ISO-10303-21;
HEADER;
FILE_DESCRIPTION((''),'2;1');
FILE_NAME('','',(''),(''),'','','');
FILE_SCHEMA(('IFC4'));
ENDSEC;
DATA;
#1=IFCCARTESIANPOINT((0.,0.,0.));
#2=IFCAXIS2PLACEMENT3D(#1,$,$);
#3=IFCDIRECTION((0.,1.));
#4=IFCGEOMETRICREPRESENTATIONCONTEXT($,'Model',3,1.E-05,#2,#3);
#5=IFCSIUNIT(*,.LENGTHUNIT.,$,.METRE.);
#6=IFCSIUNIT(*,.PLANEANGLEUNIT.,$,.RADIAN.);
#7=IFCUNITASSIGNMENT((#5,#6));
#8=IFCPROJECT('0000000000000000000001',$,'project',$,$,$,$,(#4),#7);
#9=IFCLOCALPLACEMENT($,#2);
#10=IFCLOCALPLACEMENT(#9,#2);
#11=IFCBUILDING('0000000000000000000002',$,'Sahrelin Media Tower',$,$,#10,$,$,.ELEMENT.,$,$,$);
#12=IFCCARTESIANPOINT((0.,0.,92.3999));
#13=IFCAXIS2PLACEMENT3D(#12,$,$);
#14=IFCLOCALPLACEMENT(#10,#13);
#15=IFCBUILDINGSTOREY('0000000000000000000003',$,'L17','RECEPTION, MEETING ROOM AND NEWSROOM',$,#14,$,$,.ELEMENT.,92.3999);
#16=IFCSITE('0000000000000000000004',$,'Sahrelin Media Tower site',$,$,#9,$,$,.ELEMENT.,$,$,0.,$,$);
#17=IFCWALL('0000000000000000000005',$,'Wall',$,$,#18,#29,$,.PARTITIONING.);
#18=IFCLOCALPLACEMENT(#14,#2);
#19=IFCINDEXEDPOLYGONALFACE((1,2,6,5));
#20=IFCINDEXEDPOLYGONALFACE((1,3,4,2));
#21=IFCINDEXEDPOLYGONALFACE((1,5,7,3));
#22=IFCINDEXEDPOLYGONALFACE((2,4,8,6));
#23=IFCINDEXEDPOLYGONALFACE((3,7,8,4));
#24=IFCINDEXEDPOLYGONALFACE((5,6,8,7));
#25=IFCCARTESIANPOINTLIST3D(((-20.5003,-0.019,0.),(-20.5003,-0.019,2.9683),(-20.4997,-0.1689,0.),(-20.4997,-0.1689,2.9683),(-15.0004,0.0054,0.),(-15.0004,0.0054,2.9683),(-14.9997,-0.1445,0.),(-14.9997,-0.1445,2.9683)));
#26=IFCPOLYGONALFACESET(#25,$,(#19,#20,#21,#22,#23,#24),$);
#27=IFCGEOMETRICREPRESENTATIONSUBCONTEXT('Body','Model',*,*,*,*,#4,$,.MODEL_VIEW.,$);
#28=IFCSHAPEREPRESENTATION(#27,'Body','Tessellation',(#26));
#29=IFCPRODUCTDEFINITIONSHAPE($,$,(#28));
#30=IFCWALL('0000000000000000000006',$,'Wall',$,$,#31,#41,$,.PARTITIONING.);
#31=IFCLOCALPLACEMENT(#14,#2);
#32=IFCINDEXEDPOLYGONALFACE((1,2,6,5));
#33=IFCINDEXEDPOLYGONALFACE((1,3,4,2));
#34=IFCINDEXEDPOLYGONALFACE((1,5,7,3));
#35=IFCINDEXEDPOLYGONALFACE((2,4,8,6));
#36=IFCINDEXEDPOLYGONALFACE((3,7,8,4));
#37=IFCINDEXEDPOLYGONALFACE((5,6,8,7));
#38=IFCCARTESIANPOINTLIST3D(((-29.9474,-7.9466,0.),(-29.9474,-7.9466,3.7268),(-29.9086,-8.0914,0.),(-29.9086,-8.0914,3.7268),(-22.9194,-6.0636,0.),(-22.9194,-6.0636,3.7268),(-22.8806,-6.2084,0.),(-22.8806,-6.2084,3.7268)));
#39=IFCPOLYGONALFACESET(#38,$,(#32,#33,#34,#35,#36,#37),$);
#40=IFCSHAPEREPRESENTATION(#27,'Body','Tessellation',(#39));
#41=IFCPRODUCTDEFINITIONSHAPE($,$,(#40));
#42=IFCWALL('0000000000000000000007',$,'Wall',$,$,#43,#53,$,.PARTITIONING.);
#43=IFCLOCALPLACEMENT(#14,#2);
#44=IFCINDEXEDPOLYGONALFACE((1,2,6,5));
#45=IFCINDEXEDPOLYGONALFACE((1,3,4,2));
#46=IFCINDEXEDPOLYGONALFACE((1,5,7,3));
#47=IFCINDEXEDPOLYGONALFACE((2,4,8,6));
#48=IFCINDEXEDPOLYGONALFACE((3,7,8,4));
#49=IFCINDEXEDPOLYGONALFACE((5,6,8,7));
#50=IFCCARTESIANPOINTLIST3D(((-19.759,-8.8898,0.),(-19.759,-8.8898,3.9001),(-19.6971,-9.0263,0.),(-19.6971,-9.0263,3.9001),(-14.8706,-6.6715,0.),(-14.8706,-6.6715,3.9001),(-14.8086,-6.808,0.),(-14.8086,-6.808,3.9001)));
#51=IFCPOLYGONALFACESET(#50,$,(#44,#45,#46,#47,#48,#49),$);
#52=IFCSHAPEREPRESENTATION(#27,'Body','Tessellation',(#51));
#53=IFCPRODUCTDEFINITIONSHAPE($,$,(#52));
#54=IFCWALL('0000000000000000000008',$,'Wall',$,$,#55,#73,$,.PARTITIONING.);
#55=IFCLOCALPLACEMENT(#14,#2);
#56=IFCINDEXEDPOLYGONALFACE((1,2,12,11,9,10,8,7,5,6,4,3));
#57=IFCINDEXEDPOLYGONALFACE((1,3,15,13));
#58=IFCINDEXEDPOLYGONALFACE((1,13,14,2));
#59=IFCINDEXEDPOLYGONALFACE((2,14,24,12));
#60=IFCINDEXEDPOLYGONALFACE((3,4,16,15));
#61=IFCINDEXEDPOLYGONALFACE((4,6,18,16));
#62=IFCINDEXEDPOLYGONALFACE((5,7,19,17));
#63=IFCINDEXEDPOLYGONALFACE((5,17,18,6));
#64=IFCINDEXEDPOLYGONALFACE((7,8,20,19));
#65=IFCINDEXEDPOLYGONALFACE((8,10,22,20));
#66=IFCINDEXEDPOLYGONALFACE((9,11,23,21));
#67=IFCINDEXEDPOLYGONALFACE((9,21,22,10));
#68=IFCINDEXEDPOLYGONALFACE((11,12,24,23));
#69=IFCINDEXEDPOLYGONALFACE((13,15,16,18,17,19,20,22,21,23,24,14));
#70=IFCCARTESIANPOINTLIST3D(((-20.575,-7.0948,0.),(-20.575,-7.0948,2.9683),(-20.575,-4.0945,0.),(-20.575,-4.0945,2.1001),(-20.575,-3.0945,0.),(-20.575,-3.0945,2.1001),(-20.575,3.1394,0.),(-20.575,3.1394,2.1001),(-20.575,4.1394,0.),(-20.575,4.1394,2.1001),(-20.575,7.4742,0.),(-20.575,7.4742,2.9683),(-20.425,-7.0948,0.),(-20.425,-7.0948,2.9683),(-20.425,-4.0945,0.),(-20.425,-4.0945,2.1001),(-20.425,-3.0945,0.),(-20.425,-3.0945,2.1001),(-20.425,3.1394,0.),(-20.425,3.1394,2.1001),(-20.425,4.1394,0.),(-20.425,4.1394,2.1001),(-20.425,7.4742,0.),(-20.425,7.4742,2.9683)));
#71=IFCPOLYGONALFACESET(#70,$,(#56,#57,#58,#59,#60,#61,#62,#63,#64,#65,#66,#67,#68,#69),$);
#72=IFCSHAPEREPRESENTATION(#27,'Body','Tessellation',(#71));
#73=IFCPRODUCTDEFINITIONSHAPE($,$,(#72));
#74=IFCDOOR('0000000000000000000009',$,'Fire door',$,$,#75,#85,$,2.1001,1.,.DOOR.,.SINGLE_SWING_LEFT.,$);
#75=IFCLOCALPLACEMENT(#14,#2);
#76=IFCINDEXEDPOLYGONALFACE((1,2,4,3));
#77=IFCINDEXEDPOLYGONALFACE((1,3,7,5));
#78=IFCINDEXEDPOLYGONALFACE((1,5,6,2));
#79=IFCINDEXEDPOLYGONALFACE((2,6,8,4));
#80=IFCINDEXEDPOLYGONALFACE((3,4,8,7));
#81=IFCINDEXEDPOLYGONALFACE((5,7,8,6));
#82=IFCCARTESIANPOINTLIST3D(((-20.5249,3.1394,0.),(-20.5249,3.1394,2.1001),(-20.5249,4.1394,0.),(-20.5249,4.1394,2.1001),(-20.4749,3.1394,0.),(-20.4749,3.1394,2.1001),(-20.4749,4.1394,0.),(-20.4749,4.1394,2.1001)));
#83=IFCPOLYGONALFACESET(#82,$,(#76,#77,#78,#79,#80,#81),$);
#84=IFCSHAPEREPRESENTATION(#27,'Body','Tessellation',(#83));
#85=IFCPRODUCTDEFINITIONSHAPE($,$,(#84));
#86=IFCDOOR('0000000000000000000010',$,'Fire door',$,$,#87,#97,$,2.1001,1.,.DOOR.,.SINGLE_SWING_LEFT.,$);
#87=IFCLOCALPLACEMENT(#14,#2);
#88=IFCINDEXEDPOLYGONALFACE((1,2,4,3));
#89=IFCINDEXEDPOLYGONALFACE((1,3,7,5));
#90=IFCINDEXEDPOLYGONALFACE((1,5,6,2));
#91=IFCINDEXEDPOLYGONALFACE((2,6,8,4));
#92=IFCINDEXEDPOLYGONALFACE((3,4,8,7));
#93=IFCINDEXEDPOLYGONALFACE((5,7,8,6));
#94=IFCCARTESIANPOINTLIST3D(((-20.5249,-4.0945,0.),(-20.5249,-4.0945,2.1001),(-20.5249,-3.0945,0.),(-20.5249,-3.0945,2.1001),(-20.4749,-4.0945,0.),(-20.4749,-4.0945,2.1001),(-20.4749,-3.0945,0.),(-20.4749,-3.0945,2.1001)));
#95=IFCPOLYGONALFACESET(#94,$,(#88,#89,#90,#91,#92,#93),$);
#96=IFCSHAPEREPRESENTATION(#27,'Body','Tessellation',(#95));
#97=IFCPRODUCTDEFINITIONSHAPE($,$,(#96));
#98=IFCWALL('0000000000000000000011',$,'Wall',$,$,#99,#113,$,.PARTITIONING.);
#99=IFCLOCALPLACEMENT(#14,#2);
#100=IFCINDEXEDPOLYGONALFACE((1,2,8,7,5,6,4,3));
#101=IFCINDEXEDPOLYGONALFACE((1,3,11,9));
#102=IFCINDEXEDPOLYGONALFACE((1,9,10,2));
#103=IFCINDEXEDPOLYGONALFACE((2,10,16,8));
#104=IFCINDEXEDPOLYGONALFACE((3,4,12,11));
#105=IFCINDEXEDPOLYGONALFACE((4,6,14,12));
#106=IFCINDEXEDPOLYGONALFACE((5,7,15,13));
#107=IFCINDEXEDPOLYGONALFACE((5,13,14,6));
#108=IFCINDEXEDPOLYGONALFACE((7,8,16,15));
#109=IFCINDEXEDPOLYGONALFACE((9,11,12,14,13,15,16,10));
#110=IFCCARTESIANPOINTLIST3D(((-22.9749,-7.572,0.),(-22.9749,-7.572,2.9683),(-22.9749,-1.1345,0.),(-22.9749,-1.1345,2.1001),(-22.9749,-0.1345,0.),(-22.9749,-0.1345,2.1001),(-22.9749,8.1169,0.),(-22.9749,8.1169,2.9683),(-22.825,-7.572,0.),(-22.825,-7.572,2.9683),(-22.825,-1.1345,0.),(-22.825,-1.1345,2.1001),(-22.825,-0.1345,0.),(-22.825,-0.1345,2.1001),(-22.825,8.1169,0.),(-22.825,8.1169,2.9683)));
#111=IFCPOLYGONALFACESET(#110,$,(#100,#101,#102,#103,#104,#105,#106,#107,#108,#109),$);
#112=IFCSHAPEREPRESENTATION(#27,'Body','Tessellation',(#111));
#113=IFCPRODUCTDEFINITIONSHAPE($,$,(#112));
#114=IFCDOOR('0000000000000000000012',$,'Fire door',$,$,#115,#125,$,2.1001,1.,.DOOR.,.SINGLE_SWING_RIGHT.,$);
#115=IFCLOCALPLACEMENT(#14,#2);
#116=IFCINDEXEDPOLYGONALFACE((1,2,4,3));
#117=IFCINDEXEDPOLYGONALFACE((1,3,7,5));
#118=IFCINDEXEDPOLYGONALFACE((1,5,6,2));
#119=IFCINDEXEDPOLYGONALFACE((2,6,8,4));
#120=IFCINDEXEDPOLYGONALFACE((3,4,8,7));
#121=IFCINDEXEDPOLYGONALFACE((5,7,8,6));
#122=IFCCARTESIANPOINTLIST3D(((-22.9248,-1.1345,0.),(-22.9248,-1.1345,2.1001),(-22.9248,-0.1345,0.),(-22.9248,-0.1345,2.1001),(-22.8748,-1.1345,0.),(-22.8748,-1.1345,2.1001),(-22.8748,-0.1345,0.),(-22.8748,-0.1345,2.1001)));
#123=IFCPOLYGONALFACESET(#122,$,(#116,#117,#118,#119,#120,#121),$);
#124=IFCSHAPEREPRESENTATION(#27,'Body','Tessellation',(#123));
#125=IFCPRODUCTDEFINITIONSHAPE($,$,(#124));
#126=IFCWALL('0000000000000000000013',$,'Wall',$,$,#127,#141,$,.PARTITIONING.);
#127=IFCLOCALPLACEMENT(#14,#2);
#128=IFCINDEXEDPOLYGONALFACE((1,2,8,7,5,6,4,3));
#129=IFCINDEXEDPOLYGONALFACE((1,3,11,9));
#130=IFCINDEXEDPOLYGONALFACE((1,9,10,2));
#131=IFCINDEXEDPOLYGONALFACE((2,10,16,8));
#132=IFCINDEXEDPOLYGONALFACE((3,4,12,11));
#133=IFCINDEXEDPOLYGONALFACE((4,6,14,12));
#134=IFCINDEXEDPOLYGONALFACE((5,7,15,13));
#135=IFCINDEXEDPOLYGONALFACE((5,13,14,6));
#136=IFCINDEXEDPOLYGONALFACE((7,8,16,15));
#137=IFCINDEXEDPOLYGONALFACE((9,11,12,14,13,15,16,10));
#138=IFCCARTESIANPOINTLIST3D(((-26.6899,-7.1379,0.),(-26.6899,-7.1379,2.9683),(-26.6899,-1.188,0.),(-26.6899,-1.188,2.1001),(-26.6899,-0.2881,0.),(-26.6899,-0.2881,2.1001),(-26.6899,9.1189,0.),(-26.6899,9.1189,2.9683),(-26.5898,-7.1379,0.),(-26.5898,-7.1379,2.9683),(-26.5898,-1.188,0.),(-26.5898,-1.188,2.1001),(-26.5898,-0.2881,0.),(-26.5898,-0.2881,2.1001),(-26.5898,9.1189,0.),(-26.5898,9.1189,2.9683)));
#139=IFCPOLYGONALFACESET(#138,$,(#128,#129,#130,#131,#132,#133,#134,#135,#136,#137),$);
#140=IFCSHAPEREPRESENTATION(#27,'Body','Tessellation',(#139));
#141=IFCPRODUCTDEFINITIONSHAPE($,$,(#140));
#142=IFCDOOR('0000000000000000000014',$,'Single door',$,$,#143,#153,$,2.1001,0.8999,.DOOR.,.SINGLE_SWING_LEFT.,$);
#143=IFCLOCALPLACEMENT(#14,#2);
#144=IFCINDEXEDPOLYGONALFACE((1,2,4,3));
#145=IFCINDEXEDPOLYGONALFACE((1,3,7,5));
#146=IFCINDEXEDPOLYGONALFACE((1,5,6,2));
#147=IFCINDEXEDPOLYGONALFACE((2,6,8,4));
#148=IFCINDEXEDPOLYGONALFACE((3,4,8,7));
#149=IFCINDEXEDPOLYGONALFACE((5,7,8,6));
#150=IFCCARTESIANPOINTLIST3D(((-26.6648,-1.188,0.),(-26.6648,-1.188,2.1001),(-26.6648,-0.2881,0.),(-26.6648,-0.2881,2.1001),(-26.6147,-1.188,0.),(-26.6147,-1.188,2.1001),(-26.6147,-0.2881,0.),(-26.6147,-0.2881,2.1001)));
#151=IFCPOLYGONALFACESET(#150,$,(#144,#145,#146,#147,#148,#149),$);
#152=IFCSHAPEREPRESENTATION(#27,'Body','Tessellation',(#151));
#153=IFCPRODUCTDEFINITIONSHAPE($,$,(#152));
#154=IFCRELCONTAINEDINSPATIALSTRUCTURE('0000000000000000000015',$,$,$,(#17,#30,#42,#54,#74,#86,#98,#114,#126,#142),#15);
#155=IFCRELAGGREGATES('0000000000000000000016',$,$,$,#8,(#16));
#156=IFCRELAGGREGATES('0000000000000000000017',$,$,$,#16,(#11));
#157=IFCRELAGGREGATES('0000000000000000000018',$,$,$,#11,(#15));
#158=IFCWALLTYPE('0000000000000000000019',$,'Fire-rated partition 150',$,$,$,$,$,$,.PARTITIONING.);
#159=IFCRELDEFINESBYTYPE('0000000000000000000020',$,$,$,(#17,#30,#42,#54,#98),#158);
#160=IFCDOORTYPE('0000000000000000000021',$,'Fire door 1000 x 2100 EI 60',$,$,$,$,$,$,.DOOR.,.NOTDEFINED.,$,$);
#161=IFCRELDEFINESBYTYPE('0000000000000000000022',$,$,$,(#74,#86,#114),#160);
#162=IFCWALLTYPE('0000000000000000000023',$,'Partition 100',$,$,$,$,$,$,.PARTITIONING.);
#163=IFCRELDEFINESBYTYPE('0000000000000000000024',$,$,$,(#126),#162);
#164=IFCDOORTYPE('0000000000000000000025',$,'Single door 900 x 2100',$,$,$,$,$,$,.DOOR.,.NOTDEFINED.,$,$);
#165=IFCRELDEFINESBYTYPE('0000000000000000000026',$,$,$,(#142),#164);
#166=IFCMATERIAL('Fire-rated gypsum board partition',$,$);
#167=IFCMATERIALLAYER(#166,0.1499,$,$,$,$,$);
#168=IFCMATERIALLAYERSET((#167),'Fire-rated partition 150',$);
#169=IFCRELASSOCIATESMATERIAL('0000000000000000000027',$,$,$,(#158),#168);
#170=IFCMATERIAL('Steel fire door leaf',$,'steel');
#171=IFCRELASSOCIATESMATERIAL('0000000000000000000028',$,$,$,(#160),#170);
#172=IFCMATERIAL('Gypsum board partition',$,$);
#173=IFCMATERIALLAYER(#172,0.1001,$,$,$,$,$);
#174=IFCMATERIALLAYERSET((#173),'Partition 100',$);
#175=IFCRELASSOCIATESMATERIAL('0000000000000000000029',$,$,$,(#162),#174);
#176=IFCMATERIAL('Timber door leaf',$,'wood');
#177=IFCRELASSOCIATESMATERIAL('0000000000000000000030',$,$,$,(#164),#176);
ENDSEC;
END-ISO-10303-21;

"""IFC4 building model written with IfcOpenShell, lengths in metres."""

from ifc_helpers import new_model, si_unit, direction, frame, frame_2d, origin, place, context, subcontext, project, spatial, rectangle, extrude, material, layer, layer_set, type_object, element, fill, save


model = new_model("IFC4")

# Units and contexts
model_context = context("Model", 3, precision=1e-05, world=origin(), true_north=direction((0.0, 1.0)))
body_context = subcontext(model_context, "Body", "Model", "MODEL_VIEW")
ifc_project = project(units=[si_unit("LENGTHUNIT", "METRE"), si_unit("PLANEANGLEUNIT", "RADIAN")], contexts=[model_context])

# Site, building, storey
site_placement = place(None, origin())
site = spatial("IfcSite", under=ifc_project, at=site_placement, Name="Sahrelin Media Tower site", CompositionType="ELEMENT", RefElevation=0.0)
building_placement = place(site_placement, origin())
building = spatial("IfcBuilding", under=site, at=building_placement, Name="Sahrelin Media Tower", CompositionType="ELEMENT")
storey_placement = place(building_placement, frame((0.0, 0.0, 92.3999)))
storey = spatial("IfcBuildingStorey", under=building, at=storey_placement, Name="L17", Description="RECEPTION, MEETING ROOM AND NEWSROOM", CompositionType="ELEMENT", Elevation=92.3999)

# Shared definitions
ifc_material_1 = material(Name="Fire-rated gypsum board partition")
ifc_layer_1 = layer(ifc_material_1, 0.1499)
ifc_layer_set_1 = layer_set([ifc_layer_1], Name="Fire-rated partition 150")
wall_type_1 = type_object("IfcWallType", Name="Fire-rated partition 150", PredefinedType="PARTITIONING", material=ifc_layer_set_1)
ifc_material_2 = material(Name="Steel fire door leaf", Category="steel")
door_type_1 = type_object("IfcDoorType", Name="Fire door 1000 x 2100 EI 60", OperationType="NOTDEFINED", PredefinedType="DOOR", material=ifc_material_2)

# Walls
wall_1_placement = place(storey_placement, frame((-20.5, -0.094, 0.0), z_axis=(0.0, 0.0, 1.0), x_axis=(0.99999, 0.004439, 0.0)))
element("IfcWall", 1, at=wall_1_placement, inside=storey, type_object=wall_type_1, Name="Wall", PredefinedType="PARTITIONING", context=body_context, shape_type="SweptSolid", body=[
    extrude(rectangle(XDim=5.5, YDim=0.1499, at=frame_2d((2.75, 0.0))), origin(), (0.0, 0.0, 1.0), 2.9683),
])
wall_2_placement = place(storey_placement, frame((-29.928, -8.019, 0.0), z_axis=(0.0, 0.0, 1.0), x_axis=(0.96593, 0.258805, 0.0)))
element("IfcWall", 2, at=wall_2_placement, inside=storey, type_object=wall_type_1, Name="Wall", PredefinedType="PARTITIONING", context=body_context, shape_type="SweptSolid", body=[
    extrude(rectangle(XDim=7.2759, YDim=0.1499, at=frame_2d((3.6379, 0.0))), origin(), (0.0, 0.0, 1.0), 3.7268),
])
wall_3_placement = place(storey_placement, frame((-19.728, -8.958, 0.0), z_axis=(0.0, 0.0, 1.0), x_axis=(0.91063, 0.413224, 0.0)))
element("IfcWall", 3, at=wall_3_placement, inside=storey, type_object=wall_type_1, Name="Wall", PredefinedType="PARTITIONING", context=body_context, shape_type="SweptSolid", body=[
    extrude(rectangle(XDim=5.3682, YDim=0.1499, at=frame_2d((2.6841, 0.0))), origin(), (0.0, 0.0, 1.0), 3.9001),
])

# Wall, openings, doors
wall_4_placement = place(storey_placement, frame((-20.5, -7.095, 0.0), z_axis=(0.0, 0.0, 1.0), x_axis=(0.0, 1.0, 0.0)))
wall_4 = element("IfcWall", 4, at=wall_4_placement, inside=storey, type_object=wall_type_1, Name="Wall", PredefinedType="PARTITIONING", context=body_context, shape_type="SweptSolid", body=[
    extrude(rectangle(XDim=14.5691, YDim=0.1499, at=frame_2d((7.2847, 0.0))), origin(), (0.0, 0.0, 1.0), 2.9683),
])
opening_1_placement = place(wall_4_placement, frame((10.2344, 0.0, 0.0)))
opening_1 = element("IfcOpeningElement", 5, at=opening_1_placement, cuts=wall_4, PredefinedType="OPENING", context=body_context, shape_type="SweptSolid", body=[
    extrude(rectangle(XDim=1.0, YDim=2.1001, at=frame_2d((0.5, 1.05))), frame((0.0, 0.075, 0.0), z_axis=(0.0, -1.0, 0.0), x_axis=(1.0, 0.0, 0.0)), (0.0, 0.0, 1.0), 0.1499),
])
opening_2_placement = place(wall_4_placement, frame((3.0005, 0.0, 0.0)))
opening_2 = element("IfcOpeningElement", 6, at=opening_2_placement, cuts=wall_4, PredefinedType="OPENING", context=body_context, shape_type="SweptSolid", body=[
    extrude(rectangle(XDim=1.0, YDim=2.1001, at=frame_2d((0.5, 1.05))), frame((0.0, 0.075, 0.0), z_axis=(0.0, -1.0, 0.0), x_axis=(1.0, 0.0, 0.0)), (0.0, 0.0, 1.0), 0.1499),
])
door_1_placement = place(opening_1_placement, origin())
door_1 = element("IfcDoor", 7, at=door_1_placement, inside=storey, type_object=door_type_1, Name="Fire door", OperationType="SINGLE_SWING_LEFT", OverallHeight=2.1001, OverallWidth=1.0, PredefinedType="DOOR", context=body_context, shape_type="SweptSolid", body=[
    extrude(rectangle(XDim=1.0, YDim=2.1001, at=frame_2d((0.5, 1.05))), frame((0.0, 0.0249, 0.0), z_axis=(0.0, -1.0, 0.0), x_axis=(1.0, 0.0, 0.0)), (0.0, 0.0, 1.0), 0.05),
])
fill(opening_1, door_1)
door_2_placement = place(opening_2_placement, origin())
door_2 = element("IfcDoor", 8, at=door_2_placement, inside=storey, type_object=door_type_1, Name="Fire door", OperationType="SINGLE_SWING_LEFT", OverallHeight=2.1001, OverallWidth=1.0, PredefinedType="DOOR", context=body_context, shape_type="SweptSolid", body=[
    extrude(rectangle(XDim=1.0, YDim=2.1001, at=frame_2d((0.5, 1.05))), frame((0.0, 0.0249, 0.0), z_axis=(0.0, -1.0, 0.0), x_axis=(1.0, 0.0, 0.0)), (0.0, 0.0, 1.0), 0.05),
])
fill(opening_2, door_2)

# Walls, openings, doors
wall_5_placement = place(storey_placement, frame((-22.8999, -7.572, 0.0), z_axis=(0.0, 0.0, 1.0), x_axis=(0.0, 1.0, 0.0)))
wall_5 = element("IfcWall", 9, at=wall_5_placement, inside=storey, type_object=wall_type_1, Name="Wall", PredefinedType="PARTITIONING", context=body_context, shape_type="SweptSolid", body=[
    extrude(rectangle(XDim=15.689, YDim=0.1499, at=frame_2d((7.8445, 0.0))), origin(), (0.0, 0.0, 1.0), 2.9683),
])
opening_3_placement = place(wall_5_placement, frame((6.4375, 0.0, 0.0)))
opening_3 = element("IfcOpeningElement", 10, at=opening_3_placement, cuts=wall_5, PredefinedType="OPENING", context=body_context, shape_type="SweptSolid", body=[
    extrude(rectangle(XDim=1.0, YDim=2.1001, at=frame_2d((0.5, 1.05))), frame((0.0, 0.075, 0.0), z_axis=(0.0, -1.0, 0.0), x_axis=(1.0, 0.0, 0.0)), (0.0, 0.0, 1.0), 0.1499),
])
door_3_placement = place(opening_3_placement, origin())
door_3 = element("IfcDoor", 11, at=door_3_placement, inside=storey, type_object=door_type_1, Name="Fire door", OperationType="SINGLE_SWING_RIGHT", OverallHeight=2.1001, OverallWidth=1.0, PredefinedType="DOOR", context=body_context, shape_type="SweptSolid", body=[
    extrude(rectangle(XDim=1.0, YDim=2.1001, at=frame_2d((0.5, 1.05))), frame((0.0, 0.0249, 0.0), z_axis=(0.0, -1.0, 0.0), x_axis=(1.0, 0.0, 0.0)), (0.0, 0.0, 1.0), 0.05),
])
fill(opening_3, door_3)
ifc_material_3 = material(Name="Gypsum board partition")
ifc_layer_2 = layer(ifc_material_3, 0.1001)
ifc_layer_set_2 = layer_set([ifc_layer_2], Name="Partition 100")
wall_type_2 = type_object("IfcWallType", Name="Partition 100", PredefinedType="PARTITIONING", material=ifc_layer_set_2)
wall_6_placement = place(storey_placement, frame((-26.6399, -7.1379, 0.0), z_axis=(0.0, 0.0, 1.0), x_axis=(0.0, 1.0, 0.0)))
wall_6 = element("IfcWall", 12, at=wall_6_placement, inside=storey, type_object=wall_type_2, Name="Wall", PredefinedType="PARTITIONING", context=body_context, shape_type="SweptSolid", body=[
    extrude(rectangle(XDim=16.2568, YDim=0.1001, at=frame_2d((8.1284, 0.0))), origin(), (0.0, 0.0, 1.0), 2.9683),
])
opening_4_placement = place(wall_6_placement, frame((5.95, 0.0, 0.0)))
opening_4 = element("IfcOpeningElement", 13, at=opening_4_placement, cuts=wall_6, PredefinedType="OPENING", context=body_context, shape_type="SweptSolid", body=[
    extrude(rectangle(XDim=0.8999, YDim=2.1001, at=frame_2d((0.45, 1.05))), frame((0.0, 0.05, 0.0), z_axis=(0.0, -1.0, 0.0), x_axis=(1.0, 0.0, 0.0)), (0.0, 0.0, 1.0), 0.1001),
])
ifc_material_4 = material(Name="Timber door leaf", Category="wood")
door_type_2 = type_object("IfcDoorType", Name="Single door 900 x 2100", OperationType="NOTDEFINED", PredefinedType="DOOR", material=ifc_material_4)
door_4_placement = place(opening_4_placement, origin())
door_4 = element("IfcDoor", 14, at=door_4_placement, inside=storey, type_object=door_type_2, Name="Single door", OperationType="SINGLE_SWING_LEFT", OverallHeight=2.1001, OverallWidth=0.8999, PredefinedType="DOOR", context=body_context, shape_type="SweptSolid", body=[
    extrude(rectangle(XDim=0.8999, YDim=2.1001, at=frame_2d((0.45, 1.05))), frame((0.0, 0.0249, 0.0), z_axis=(0.0, -1.0, 0.0), x_axis=(1.0, 0.0, 0.0)), (0.0, 0.0, 1.0), 0.05),
])
fill(opening_4, door_4)

save(model, "model.ifc")
